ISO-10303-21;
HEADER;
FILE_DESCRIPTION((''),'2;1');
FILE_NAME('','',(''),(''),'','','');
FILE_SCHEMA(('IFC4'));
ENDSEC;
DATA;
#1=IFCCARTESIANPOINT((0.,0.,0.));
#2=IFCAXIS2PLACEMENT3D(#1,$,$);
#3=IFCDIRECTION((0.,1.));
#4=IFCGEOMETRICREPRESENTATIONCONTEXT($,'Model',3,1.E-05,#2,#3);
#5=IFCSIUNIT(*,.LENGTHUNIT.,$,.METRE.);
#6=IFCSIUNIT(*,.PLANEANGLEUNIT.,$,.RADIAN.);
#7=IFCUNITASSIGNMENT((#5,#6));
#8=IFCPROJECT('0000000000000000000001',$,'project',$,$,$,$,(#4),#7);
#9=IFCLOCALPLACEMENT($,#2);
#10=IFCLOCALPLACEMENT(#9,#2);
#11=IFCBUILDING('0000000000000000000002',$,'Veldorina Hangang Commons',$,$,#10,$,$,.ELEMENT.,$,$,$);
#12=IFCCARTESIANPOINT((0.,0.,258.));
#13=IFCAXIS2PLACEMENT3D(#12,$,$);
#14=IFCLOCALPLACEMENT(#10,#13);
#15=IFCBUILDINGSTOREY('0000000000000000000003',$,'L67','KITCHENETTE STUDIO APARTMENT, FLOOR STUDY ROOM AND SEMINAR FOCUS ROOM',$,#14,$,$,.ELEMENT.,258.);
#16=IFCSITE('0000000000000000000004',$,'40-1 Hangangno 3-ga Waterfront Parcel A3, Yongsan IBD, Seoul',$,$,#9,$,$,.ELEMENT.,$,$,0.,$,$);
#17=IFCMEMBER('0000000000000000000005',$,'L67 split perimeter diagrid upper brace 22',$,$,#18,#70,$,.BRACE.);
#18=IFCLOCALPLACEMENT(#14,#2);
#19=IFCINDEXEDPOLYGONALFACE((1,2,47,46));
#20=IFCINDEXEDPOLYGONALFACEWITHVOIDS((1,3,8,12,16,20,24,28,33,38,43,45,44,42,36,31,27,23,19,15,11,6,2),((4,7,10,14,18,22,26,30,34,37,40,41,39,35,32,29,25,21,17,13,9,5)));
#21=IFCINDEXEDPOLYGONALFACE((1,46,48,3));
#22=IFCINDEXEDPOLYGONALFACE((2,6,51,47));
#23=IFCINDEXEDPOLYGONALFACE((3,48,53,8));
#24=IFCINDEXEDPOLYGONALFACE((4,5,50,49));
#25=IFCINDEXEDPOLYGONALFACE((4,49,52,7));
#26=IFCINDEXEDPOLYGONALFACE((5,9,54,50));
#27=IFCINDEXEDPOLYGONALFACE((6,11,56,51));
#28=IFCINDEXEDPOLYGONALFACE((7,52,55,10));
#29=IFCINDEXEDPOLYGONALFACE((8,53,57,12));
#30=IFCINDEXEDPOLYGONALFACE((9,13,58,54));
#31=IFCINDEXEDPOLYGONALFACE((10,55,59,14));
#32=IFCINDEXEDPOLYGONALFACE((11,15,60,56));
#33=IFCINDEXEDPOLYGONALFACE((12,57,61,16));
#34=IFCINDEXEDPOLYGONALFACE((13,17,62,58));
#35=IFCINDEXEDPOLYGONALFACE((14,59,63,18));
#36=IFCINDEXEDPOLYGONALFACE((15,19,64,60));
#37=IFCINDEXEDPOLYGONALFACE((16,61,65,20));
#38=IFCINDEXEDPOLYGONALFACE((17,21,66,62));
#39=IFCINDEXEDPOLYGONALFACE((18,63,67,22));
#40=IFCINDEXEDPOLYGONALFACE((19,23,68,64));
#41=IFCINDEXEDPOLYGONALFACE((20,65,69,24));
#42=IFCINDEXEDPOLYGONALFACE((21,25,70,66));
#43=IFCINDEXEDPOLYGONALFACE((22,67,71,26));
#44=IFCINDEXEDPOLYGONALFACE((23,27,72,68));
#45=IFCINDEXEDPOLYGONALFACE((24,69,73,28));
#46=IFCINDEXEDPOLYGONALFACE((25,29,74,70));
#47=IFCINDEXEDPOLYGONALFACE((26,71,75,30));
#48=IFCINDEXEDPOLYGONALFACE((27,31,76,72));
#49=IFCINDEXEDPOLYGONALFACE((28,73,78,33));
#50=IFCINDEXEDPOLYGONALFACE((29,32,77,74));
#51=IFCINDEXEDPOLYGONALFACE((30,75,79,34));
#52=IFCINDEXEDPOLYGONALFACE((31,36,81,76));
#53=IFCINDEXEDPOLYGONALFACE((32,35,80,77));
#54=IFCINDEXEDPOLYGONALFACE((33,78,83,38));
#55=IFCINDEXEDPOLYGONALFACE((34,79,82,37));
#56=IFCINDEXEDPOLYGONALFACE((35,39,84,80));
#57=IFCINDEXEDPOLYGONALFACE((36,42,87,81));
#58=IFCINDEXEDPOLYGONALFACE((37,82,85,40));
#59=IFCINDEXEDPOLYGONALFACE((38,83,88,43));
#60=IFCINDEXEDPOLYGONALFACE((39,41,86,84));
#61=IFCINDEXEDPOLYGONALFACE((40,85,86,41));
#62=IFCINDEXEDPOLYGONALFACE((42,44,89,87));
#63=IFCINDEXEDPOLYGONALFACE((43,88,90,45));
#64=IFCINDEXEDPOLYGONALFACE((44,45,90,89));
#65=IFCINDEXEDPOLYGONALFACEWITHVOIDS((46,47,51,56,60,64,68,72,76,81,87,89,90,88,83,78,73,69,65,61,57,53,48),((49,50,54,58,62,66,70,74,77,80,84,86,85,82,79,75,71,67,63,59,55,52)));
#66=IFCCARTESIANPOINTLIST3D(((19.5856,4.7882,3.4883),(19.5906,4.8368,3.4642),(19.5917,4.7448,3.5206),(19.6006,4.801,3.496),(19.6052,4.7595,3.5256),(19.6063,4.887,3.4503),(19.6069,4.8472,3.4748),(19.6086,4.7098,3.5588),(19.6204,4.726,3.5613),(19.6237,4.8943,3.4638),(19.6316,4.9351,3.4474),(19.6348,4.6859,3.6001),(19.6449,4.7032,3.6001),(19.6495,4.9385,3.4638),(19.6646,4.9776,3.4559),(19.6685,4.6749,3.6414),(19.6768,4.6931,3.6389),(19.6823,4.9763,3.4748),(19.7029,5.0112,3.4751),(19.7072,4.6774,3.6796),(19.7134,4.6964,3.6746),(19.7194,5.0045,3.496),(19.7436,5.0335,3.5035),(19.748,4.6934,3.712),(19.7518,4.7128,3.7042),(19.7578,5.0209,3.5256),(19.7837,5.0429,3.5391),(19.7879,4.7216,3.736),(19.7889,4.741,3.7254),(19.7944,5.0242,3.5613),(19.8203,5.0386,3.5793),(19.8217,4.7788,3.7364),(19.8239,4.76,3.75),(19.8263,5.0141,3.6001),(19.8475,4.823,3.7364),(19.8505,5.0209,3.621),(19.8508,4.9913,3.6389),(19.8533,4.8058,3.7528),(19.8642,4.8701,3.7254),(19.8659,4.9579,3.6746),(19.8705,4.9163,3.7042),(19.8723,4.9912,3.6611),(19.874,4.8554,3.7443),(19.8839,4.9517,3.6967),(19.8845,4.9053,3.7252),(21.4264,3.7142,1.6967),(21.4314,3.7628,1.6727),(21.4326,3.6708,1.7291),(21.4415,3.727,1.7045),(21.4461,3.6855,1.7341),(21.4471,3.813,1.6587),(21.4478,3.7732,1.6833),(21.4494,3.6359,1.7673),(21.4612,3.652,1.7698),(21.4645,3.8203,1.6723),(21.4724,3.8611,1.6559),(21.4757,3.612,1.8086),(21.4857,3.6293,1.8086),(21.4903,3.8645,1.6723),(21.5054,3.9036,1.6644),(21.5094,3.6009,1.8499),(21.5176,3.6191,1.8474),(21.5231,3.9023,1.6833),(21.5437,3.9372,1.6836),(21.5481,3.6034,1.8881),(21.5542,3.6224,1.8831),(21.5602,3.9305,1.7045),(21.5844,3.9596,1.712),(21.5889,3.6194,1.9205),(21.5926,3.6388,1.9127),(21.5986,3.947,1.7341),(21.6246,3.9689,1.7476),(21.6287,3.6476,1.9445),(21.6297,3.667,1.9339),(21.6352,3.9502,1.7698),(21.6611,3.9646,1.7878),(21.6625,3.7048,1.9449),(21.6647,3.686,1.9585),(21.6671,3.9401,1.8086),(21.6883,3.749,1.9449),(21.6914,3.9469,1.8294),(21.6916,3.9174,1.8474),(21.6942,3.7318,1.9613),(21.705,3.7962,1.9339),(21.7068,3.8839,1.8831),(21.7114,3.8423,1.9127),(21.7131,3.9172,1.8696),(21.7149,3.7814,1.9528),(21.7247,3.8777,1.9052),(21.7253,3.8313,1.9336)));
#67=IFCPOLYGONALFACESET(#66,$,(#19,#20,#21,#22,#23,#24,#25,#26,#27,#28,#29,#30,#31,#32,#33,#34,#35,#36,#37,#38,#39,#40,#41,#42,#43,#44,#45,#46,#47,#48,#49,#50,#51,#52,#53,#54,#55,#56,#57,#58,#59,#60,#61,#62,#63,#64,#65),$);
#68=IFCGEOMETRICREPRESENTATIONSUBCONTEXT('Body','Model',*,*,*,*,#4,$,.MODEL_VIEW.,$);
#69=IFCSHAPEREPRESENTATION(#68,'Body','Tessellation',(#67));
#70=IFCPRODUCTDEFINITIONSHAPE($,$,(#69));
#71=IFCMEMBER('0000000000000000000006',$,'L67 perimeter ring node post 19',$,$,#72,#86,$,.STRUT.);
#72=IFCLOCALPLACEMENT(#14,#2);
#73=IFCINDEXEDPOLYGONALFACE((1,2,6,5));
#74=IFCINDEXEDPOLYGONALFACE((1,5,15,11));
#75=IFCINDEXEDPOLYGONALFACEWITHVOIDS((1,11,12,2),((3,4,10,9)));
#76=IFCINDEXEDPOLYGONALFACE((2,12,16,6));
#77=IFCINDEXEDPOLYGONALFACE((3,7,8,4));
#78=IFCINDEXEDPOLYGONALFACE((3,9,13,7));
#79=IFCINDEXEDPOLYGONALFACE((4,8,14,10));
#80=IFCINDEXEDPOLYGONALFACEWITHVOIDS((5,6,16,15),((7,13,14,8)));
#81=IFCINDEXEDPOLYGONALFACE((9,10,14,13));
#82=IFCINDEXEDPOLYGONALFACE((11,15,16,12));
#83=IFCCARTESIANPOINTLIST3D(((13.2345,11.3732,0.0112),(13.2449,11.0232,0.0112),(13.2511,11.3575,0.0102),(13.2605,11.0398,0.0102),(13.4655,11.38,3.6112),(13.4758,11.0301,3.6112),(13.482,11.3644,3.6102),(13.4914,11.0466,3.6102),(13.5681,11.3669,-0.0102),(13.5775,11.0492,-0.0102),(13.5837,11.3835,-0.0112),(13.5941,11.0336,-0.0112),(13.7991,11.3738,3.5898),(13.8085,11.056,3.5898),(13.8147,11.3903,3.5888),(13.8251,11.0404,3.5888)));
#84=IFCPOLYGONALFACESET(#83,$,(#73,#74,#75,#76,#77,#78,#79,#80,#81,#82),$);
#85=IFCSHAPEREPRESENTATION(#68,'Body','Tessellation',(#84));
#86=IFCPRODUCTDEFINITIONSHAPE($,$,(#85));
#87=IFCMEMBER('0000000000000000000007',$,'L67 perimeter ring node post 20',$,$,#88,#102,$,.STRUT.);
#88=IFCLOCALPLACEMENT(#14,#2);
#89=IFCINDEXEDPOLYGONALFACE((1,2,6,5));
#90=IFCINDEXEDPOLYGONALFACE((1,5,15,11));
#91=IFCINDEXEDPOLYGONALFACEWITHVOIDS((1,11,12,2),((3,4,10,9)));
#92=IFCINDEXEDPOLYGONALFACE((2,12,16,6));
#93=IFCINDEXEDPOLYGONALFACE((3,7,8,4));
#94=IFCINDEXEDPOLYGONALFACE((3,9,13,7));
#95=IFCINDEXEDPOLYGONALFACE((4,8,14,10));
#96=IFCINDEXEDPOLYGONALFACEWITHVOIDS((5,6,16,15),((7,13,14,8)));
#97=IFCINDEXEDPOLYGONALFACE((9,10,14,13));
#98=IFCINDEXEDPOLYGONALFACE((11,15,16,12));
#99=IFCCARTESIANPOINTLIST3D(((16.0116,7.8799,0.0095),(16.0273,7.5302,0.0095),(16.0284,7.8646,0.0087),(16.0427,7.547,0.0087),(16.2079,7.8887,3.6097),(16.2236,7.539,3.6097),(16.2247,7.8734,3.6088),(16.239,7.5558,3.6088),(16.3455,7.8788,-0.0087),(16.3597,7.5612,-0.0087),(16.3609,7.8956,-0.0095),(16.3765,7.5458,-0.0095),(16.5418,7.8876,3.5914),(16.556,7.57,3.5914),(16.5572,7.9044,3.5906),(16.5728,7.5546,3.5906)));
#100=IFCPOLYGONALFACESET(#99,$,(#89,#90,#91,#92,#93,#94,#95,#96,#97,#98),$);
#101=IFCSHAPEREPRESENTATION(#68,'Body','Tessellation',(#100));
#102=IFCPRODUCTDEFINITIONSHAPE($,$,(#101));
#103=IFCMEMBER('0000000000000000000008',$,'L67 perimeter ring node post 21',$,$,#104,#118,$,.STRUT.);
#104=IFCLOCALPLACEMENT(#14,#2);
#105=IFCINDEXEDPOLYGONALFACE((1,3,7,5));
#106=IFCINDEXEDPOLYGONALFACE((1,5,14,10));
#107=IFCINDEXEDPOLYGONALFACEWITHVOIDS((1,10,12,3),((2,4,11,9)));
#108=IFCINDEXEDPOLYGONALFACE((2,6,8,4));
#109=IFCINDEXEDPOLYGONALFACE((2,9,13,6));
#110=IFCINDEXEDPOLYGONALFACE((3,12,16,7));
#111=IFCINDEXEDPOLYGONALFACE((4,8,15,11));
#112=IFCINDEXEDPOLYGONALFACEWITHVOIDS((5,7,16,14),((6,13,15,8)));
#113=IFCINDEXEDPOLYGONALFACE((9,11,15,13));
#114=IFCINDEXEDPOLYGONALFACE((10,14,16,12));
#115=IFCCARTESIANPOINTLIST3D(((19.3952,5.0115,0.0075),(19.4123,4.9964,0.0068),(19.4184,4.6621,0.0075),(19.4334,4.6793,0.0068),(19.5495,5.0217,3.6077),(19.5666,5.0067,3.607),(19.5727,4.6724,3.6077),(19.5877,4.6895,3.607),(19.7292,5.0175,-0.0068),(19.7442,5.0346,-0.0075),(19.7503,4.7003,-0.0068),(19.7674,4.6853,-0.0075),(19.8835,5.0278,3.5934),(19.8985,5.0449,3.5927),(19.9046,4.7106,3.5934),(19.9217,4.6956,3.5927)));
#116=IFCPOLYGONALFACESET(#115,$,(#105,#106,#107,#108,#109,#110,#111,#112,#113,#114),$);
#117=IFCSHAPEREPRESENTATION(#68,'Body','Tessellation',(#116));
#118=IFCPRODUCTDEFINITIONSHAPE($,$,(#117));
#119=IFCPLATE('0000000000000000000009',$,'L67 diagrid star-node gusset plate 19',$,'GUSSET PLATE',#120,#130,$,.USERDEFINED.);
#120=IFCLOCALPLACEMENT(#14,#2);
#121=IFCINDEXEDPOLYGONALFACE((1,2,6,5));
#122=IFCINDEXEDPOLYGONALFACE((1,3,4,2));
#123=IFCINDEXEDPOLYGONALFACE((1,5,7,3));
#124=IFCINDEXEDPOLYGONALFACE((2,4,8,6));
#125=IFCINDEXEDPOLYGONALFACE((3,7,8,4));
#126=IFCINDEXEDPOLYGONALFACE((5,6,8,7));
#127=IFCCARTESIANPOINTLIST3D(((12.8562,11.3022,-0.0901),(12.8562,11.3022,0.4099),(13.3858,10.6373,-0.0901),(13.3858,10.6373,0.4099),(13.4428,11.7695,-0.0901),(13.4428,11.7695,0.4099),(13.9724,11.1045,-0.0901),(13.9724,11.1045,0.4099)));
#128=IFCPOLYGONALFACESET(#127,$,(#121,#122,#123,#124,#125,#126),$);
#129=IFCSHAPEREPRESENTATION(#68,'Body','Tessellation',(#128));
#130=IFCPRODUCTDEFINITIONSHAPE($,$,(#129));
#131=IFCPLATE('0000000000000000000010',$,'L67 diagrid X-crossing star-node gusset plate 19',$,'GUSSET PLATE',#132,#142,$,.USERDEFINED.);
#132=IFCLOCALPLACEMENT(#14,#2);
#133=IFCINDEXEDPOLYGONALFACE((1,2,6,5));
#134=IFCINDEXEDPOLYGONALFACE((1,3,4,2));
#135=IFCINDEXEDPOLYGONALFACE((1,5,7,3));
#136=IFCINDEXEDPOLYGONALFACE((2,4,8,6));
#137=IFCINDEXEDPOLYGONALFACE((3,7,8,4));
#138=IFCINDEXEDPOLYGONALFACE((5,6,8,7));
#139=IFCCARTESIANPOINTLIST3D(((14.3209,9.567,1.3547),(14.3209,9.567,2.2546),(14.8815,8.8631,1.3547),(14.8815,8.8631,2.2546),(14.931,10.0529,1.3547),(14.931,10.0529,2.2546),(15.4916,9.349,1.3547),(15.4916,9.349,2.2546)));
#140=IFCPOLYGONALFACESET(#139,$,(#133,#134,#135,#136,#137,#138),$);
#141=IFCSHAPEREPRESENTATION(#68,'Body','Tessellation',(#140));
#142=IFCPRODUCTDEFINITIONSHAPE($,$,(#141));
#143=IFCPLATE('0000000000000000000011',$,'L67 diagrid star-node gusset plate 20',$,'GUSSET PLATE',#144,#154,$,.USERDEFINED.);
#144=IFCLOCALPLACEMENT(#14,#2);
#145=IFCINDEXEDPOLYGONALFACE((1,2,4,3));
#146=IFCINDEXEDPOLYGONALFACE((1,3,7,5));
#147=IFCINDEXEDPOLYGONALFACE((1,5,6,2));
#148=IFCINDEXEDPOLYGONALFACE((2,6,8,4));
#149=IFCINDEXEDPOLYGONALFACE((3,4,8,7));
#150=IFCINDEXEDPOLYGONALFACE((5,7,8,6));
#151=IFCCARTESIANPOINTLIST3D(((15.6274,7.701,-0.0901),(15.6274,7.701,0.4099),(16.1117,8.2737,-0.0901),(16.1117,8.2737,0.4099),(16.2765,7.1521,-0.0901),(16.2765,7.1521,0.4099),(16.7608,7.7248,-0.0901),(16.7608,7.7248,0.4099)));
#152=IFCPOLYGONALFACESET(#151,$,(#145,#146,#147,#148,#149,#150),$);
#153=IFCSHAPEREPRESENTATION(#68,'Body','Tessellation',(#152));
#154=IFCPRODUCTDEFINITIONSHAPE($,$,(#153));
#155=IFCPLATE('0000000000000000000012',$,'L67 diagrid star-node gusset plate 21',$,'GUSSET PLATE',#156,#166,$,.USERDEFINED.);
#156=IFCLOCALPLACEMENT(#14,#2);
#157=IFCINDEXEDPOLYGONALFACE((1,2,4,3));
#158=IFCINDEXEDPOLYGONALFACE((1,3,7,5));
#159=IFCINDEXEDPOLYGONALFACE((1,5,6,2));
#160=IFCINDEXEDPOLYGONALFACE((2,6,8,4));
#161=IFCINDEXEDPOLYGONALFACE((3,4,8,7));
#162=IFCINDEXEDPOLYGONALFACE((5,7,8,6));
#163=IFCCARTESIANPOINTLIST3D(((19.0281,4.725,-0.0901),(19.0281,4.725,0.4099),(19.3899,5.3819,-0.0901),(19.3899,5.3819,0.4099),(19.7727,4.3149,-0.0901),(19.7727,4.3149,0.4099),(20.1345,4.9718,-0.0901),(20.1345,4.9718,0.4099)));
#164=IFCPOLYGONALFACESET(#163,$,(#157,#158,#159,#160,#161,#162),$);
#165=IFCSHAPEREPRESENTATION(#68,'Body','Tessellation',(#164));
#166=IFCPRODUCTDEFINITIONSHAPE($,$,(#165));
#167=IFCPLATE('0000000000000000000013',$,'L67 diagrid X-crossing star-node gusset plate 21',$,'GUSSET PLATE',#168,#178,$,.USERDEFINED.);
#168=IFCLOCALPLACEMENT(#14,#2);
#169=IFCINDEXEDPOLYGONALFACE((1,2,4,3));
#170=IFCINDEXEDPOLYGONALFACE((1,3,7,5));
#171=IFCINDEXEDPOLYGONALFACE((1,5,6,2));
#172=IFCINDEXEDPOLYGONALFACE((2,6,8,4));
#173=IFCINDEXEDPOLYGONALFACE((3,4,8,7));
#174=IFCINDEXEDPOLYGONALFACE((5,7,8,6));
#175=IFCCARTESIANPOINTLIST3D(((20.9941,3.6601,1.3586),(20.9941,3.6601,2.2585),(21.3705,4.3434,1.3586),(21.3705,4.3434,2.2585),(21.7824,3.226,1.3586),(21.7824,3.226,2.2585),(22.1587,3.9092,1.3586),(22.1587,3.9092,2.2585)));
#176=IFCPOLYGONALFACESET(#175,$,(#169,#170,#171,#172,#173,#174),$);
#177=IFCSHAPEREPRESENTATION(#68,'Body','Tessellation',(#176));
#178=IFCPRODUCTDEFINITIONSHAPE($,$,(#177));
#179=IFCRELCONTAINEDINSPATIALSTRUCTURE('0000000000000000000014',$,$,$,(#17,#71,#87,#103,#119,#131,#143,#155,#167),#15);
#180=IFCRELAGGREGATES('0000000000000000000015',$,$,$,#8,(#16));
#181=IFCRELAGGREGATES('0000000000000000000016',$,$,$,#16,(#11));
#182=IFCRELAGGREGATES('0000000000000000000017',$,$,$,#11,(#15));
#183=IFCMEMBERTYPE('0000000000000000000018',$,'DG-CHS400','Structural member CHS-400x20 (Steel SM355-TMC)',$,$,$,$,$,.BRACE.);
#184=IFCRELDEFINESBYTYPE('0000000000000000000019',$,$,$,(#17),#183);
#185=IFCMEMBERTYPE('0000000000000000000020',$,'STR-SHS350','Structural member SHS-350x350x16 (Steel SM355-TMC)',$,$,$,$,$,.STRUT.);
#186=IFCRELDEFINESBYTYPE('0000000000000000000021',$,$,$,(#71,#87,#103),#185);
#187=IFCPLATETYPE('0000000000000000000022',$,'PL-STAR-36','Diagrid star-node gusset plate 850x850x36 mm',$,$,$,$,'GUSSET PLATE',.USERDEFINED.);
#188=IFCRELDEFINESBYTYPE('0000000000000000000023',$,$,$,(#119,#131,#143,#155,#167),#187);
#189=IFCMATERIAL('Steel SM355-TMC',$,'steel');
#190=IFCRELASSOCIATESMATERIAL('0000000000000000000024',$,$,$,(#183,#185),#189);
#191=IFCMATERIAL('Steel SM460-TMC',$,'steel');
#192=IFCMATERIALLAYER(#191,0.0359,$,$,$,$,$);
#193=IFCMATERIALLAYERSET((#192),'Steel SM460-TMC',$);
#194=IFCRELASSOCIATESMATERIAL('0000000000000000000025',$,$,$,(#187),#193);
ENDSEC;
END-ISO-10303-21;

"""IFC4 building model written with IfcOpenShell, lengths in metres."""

from ifc_helpers import new_model, si_unit, direction, frame, origin, origin_2d, place, context, subcontext, project, spatial, rectangle, hollow_rectangle, hollow_circle, extrude, material, layer, layer_set, material_profile, profile_set, type_object, element, save


model = new_model("IFC4")

# Units and contexts
model_context = context("Model", 3, precision=1e-05, world=origin(), true_north=direction((0.0, 1.0)))
body_context = subcontext(model_context, "Body", "Model", "MODEL_VIEW")
ifc_project = project(units=[si_unit("LENGTHUNIT", "METRE"), si_unit("PLANEANGLEUNIT", "RADIAN")], contexts=[model_context])

# Site, building, storey
site_placement = place(None, origin())
site = spatial("IfcSite", under=ifc_project, at=site_placement, Name="40-1 Hangangno 3-ga Waterfront Parcel A3, Yongsan IBD, Seoul", CompositionType="ELEMENT", RefElevation=0.0)
building_placement = place(site_placement, origin())
building = spatial("IfcBuilding", under=site, at=building_placement, Name="Veldorina Hangang Commons", CompositionType="ELEMENT")
storey_placement = place(building_placement, frame((0.0, 0.0, 258.0)))
storey = spatial("IfcBuildingStorey", under=building, at=storey_placement, Name="L67", Description="KITCHENETTE STUDIO APARTMENT, FLOOR STUDY ROOM AND SEMINAR FOCUS ROOM", CompositionType="ELEMENT", Elevation=258.0)

# Shared definitions
ifc_material_1 = material(Name="Steel SM355-TMC", Category="steel")

# Members
ifc_material_profile_1 = material_profile(ifc_material_1, hollow_circle(Radius=0.2, WallThickness=0.02, at=origin_2d()), Name="CHS-400x20")
ifc_profile_set_1 = profile_set([ifc_material_profile_1], Name="Steel SM355-TMC")
member_type_1 = type_object("IfcMemberType", Name="DG-CHS400", Description="Structural member CHS-400x20 (Steel SM355-TMC)", PredefinedType="BRACE", material=ifc_profile_set_1)
member_1_placement = place(storey_placement, frame((21.5764, 3.7847, 1.8086), z_axis=(-0.661177, 0.385745, 0.643464), x_axis=(-0.503928, -0.863746, 0.0)))
element("IfcMember", 1, at=member_1_placement, inside=storey, type_object=member_type_1, Name="L67 split perimeter diagrid upper brace 22", PredefinedType="BRACE", context=body_context, shape_type="SweptSolid", body=[
    extrude(hollow_circle(Radius=0.2, WallThickness=0.02, at=origin_2d()), origin(), (0.0, 0.0, 1.0), 2.7842),
])
ifc_material_profile_2 = material_profile(ifc_material_1, hollow_rectangle(XDim=0.3501, YDim=0.3501, WallThickness=0.0161, at=origin_2d()), Name="SHS-350x350x16")
ifc_profile_set_2 = profile_set([ifc_material_profile_2], Name="Steel SM355-TMC")
member_type_2 = type_object("IfcMemberType", Name="STR-SHS350", Description="Structural member SHS-350x350x16 (Steel SM355-TMC)", PredefinedType="STRUT", material=ifc_profile_set_2)
member_2_placement = place(storey_placement, frame((13.4143, 11.2034, 0.0), z_axis=(0.064021, 0.001895, 0.997947), x_axis=(-0.029585, 0.999562, 0.0)))
element("IfcMember", 2, at=member_2_placement, inside=storey, type_object=member_type_2, Name="L67 perimeter ring node post 19", PredefinedType="STRUT", context=body_context, shape_type="SweptSolid", body=[
    extrude(hollow_rectangle(XDim=0.3501, YDim=0.3501, WallThickness=0.0161, at=origin_2d()), origin(), (0.0, 0.0, 1.0), 3.6074),
])
member_3_placement = place(storey_placement, frame((16.1941, 7.7129, 0.0), z_axis=(0.054442, 0.002438, 0.998514), x_axis=(-0.044731, 0.998999, 0.0)))
element("IfcMember", 3, at=member_3_placement, inside=storey, type_object=member_type_2, Name="L67 perimeter ring node post 20", PredefinedType="STRUT", context=body_context, shape_type="SweptSolid", body=[
    extrude(hollow_rectangle(XDim=0.3501, YDim=0.3501, WallThickness=0.0161, at=origin_2d()), origin(), (0.0, 0.0, 1.0), 3.6055),
])
member_4_placement = place(storey_placement, frame((19.5813, 4.8484, 0.0), z_axis=(0.04282, 0.002846, 0.999079), x_axis=(-0.066309, 0.997799, 0.0)))
element("IfcMember", 4, at=member_4_placement, inside=storey, type_object=member_type_2, Name="L67 perimeter ring node post 21", PredefinedType="STRUT", context=body_context, shape_type="SweptSolid", body=[
    extrude(hollow_rectangle(XDim=0.3501, YDim=0.3501, WallThickness=0.0161, at=origin_2d()), origin(), (0.0, 0.0, 1.0), 3.6035),
])

# Plates
ifc_material_2 = material(Name="Steel SM460-TMC", Category="steel")
ifc_layer_1 = layer(ifc_material_2, 0.0359)
ifc_layer_set_1 = layer_set([ifc_layer_1], Name="Steel SM460-TMC")
plate_type = type_object("IfcPlateType", Name="PL-STAR-36", Description="Diagrid star-node gusset plate 850x850x36 mm", ElementType="GUSSET PLATE", PredefinedType="USERDEFINED", material=ifc_layer_set_1)
plate_1_placement = place(storey_placement, frame((13.4143, 11.2034, -0.0901), z_axis=(0.0, 0.0, 1.0), x_axis=(0.622993, -0.782228, 0.0)))
element("IfcPlate", 5, at=plate_1_placement, inside=storey, type_object=plate_type, Name="L67 diagrid star-node gusset plate 19", ObjectType="GUSSET PLATE", PredefinedType="USERDEFINED", context=body_context, shape_type="SweptSolid", body=[
    extrude(rectangle(XDim=0.8501, YDim=0.75, at=origin_2d()), origin(), (0.0, 0.0, 1.0), 0.5),
])
plate_2_placement = place(storey_placement, frame((14.9062, 9.458, 1.3547), z_axis=(0.0, 0.0, 1.0), x_axis=(0.622993, -0.782228, 0.0)))
element("IfcPlate", 6, at=plate_2_placement, inside=storey, type_object=plate_type, Name="L67 diagrid X-crossing star-node gusset plate 19", ObjectType="GUSSET PLATE", PredefinedType="USERDEFINED", context=body_context, shape_type="SweptSolid", body=[
    extrude(rectangle(XDim=0.8999, YDim=0.78, at=origin_2d()), origin(), (0.0, 0.0, 1.0), 0.8999),
])
for number, where, z_axis, x_axis, name in (
    (7, (16.1941, 7.7129, -0.0901), (0.0, 0.0, 1.0), (0.763559, -0.645738, 0.0), "L67 diagrid star-node gusset plate 20"),
    (8, (19.5813, 4.8484, -0.0901), (0.0, 0.0, 1.0), (0.875928, -0.482442, 0.0), "L67 diagrid star-node gusset plate 21"),
):
    element("IfcPlate", number, at=place(storey_placement, frame(where, z_axis=z_axis, x_axis=x_axis)), inside=storey, type_object=plate_type, Name=name, ObjectType="GUSSET PLATE", PredefinedType="USERDEFINED", context=body_context, shape_type="SweptSolid", body=[
        extrude(rectangle(XDim=0.8501, YDim=0.75, at=origin_2d()), origin(), (0.0, 0.0, 1.0), 0.5),
    ])
plate_3_placement = place(storey_placement, frame((21.5764, 3.7847, 1.3586), z_axis=(0.0, 0.0, 1.0), x_axis=(0.875928, -0.482442, 0.0)))
element("IfcPlate", 9, at=plate_3_placement, inside=storey, type_object=plate_type, Name="L67 diagrid X-crossing star-node gusset plate 21", ObjectType="GUSSET PLATE", PredefinedType="USERDEFINED", context=body_context, shape_type="SweptSolid", body=[
    extrude(rectangle(XDim=0.8999, YDim=0.78, at=origin_2d()), origin(), (0.0, 0.0, 1.0), 0.8999),
])

save(model, "model.ifc")
